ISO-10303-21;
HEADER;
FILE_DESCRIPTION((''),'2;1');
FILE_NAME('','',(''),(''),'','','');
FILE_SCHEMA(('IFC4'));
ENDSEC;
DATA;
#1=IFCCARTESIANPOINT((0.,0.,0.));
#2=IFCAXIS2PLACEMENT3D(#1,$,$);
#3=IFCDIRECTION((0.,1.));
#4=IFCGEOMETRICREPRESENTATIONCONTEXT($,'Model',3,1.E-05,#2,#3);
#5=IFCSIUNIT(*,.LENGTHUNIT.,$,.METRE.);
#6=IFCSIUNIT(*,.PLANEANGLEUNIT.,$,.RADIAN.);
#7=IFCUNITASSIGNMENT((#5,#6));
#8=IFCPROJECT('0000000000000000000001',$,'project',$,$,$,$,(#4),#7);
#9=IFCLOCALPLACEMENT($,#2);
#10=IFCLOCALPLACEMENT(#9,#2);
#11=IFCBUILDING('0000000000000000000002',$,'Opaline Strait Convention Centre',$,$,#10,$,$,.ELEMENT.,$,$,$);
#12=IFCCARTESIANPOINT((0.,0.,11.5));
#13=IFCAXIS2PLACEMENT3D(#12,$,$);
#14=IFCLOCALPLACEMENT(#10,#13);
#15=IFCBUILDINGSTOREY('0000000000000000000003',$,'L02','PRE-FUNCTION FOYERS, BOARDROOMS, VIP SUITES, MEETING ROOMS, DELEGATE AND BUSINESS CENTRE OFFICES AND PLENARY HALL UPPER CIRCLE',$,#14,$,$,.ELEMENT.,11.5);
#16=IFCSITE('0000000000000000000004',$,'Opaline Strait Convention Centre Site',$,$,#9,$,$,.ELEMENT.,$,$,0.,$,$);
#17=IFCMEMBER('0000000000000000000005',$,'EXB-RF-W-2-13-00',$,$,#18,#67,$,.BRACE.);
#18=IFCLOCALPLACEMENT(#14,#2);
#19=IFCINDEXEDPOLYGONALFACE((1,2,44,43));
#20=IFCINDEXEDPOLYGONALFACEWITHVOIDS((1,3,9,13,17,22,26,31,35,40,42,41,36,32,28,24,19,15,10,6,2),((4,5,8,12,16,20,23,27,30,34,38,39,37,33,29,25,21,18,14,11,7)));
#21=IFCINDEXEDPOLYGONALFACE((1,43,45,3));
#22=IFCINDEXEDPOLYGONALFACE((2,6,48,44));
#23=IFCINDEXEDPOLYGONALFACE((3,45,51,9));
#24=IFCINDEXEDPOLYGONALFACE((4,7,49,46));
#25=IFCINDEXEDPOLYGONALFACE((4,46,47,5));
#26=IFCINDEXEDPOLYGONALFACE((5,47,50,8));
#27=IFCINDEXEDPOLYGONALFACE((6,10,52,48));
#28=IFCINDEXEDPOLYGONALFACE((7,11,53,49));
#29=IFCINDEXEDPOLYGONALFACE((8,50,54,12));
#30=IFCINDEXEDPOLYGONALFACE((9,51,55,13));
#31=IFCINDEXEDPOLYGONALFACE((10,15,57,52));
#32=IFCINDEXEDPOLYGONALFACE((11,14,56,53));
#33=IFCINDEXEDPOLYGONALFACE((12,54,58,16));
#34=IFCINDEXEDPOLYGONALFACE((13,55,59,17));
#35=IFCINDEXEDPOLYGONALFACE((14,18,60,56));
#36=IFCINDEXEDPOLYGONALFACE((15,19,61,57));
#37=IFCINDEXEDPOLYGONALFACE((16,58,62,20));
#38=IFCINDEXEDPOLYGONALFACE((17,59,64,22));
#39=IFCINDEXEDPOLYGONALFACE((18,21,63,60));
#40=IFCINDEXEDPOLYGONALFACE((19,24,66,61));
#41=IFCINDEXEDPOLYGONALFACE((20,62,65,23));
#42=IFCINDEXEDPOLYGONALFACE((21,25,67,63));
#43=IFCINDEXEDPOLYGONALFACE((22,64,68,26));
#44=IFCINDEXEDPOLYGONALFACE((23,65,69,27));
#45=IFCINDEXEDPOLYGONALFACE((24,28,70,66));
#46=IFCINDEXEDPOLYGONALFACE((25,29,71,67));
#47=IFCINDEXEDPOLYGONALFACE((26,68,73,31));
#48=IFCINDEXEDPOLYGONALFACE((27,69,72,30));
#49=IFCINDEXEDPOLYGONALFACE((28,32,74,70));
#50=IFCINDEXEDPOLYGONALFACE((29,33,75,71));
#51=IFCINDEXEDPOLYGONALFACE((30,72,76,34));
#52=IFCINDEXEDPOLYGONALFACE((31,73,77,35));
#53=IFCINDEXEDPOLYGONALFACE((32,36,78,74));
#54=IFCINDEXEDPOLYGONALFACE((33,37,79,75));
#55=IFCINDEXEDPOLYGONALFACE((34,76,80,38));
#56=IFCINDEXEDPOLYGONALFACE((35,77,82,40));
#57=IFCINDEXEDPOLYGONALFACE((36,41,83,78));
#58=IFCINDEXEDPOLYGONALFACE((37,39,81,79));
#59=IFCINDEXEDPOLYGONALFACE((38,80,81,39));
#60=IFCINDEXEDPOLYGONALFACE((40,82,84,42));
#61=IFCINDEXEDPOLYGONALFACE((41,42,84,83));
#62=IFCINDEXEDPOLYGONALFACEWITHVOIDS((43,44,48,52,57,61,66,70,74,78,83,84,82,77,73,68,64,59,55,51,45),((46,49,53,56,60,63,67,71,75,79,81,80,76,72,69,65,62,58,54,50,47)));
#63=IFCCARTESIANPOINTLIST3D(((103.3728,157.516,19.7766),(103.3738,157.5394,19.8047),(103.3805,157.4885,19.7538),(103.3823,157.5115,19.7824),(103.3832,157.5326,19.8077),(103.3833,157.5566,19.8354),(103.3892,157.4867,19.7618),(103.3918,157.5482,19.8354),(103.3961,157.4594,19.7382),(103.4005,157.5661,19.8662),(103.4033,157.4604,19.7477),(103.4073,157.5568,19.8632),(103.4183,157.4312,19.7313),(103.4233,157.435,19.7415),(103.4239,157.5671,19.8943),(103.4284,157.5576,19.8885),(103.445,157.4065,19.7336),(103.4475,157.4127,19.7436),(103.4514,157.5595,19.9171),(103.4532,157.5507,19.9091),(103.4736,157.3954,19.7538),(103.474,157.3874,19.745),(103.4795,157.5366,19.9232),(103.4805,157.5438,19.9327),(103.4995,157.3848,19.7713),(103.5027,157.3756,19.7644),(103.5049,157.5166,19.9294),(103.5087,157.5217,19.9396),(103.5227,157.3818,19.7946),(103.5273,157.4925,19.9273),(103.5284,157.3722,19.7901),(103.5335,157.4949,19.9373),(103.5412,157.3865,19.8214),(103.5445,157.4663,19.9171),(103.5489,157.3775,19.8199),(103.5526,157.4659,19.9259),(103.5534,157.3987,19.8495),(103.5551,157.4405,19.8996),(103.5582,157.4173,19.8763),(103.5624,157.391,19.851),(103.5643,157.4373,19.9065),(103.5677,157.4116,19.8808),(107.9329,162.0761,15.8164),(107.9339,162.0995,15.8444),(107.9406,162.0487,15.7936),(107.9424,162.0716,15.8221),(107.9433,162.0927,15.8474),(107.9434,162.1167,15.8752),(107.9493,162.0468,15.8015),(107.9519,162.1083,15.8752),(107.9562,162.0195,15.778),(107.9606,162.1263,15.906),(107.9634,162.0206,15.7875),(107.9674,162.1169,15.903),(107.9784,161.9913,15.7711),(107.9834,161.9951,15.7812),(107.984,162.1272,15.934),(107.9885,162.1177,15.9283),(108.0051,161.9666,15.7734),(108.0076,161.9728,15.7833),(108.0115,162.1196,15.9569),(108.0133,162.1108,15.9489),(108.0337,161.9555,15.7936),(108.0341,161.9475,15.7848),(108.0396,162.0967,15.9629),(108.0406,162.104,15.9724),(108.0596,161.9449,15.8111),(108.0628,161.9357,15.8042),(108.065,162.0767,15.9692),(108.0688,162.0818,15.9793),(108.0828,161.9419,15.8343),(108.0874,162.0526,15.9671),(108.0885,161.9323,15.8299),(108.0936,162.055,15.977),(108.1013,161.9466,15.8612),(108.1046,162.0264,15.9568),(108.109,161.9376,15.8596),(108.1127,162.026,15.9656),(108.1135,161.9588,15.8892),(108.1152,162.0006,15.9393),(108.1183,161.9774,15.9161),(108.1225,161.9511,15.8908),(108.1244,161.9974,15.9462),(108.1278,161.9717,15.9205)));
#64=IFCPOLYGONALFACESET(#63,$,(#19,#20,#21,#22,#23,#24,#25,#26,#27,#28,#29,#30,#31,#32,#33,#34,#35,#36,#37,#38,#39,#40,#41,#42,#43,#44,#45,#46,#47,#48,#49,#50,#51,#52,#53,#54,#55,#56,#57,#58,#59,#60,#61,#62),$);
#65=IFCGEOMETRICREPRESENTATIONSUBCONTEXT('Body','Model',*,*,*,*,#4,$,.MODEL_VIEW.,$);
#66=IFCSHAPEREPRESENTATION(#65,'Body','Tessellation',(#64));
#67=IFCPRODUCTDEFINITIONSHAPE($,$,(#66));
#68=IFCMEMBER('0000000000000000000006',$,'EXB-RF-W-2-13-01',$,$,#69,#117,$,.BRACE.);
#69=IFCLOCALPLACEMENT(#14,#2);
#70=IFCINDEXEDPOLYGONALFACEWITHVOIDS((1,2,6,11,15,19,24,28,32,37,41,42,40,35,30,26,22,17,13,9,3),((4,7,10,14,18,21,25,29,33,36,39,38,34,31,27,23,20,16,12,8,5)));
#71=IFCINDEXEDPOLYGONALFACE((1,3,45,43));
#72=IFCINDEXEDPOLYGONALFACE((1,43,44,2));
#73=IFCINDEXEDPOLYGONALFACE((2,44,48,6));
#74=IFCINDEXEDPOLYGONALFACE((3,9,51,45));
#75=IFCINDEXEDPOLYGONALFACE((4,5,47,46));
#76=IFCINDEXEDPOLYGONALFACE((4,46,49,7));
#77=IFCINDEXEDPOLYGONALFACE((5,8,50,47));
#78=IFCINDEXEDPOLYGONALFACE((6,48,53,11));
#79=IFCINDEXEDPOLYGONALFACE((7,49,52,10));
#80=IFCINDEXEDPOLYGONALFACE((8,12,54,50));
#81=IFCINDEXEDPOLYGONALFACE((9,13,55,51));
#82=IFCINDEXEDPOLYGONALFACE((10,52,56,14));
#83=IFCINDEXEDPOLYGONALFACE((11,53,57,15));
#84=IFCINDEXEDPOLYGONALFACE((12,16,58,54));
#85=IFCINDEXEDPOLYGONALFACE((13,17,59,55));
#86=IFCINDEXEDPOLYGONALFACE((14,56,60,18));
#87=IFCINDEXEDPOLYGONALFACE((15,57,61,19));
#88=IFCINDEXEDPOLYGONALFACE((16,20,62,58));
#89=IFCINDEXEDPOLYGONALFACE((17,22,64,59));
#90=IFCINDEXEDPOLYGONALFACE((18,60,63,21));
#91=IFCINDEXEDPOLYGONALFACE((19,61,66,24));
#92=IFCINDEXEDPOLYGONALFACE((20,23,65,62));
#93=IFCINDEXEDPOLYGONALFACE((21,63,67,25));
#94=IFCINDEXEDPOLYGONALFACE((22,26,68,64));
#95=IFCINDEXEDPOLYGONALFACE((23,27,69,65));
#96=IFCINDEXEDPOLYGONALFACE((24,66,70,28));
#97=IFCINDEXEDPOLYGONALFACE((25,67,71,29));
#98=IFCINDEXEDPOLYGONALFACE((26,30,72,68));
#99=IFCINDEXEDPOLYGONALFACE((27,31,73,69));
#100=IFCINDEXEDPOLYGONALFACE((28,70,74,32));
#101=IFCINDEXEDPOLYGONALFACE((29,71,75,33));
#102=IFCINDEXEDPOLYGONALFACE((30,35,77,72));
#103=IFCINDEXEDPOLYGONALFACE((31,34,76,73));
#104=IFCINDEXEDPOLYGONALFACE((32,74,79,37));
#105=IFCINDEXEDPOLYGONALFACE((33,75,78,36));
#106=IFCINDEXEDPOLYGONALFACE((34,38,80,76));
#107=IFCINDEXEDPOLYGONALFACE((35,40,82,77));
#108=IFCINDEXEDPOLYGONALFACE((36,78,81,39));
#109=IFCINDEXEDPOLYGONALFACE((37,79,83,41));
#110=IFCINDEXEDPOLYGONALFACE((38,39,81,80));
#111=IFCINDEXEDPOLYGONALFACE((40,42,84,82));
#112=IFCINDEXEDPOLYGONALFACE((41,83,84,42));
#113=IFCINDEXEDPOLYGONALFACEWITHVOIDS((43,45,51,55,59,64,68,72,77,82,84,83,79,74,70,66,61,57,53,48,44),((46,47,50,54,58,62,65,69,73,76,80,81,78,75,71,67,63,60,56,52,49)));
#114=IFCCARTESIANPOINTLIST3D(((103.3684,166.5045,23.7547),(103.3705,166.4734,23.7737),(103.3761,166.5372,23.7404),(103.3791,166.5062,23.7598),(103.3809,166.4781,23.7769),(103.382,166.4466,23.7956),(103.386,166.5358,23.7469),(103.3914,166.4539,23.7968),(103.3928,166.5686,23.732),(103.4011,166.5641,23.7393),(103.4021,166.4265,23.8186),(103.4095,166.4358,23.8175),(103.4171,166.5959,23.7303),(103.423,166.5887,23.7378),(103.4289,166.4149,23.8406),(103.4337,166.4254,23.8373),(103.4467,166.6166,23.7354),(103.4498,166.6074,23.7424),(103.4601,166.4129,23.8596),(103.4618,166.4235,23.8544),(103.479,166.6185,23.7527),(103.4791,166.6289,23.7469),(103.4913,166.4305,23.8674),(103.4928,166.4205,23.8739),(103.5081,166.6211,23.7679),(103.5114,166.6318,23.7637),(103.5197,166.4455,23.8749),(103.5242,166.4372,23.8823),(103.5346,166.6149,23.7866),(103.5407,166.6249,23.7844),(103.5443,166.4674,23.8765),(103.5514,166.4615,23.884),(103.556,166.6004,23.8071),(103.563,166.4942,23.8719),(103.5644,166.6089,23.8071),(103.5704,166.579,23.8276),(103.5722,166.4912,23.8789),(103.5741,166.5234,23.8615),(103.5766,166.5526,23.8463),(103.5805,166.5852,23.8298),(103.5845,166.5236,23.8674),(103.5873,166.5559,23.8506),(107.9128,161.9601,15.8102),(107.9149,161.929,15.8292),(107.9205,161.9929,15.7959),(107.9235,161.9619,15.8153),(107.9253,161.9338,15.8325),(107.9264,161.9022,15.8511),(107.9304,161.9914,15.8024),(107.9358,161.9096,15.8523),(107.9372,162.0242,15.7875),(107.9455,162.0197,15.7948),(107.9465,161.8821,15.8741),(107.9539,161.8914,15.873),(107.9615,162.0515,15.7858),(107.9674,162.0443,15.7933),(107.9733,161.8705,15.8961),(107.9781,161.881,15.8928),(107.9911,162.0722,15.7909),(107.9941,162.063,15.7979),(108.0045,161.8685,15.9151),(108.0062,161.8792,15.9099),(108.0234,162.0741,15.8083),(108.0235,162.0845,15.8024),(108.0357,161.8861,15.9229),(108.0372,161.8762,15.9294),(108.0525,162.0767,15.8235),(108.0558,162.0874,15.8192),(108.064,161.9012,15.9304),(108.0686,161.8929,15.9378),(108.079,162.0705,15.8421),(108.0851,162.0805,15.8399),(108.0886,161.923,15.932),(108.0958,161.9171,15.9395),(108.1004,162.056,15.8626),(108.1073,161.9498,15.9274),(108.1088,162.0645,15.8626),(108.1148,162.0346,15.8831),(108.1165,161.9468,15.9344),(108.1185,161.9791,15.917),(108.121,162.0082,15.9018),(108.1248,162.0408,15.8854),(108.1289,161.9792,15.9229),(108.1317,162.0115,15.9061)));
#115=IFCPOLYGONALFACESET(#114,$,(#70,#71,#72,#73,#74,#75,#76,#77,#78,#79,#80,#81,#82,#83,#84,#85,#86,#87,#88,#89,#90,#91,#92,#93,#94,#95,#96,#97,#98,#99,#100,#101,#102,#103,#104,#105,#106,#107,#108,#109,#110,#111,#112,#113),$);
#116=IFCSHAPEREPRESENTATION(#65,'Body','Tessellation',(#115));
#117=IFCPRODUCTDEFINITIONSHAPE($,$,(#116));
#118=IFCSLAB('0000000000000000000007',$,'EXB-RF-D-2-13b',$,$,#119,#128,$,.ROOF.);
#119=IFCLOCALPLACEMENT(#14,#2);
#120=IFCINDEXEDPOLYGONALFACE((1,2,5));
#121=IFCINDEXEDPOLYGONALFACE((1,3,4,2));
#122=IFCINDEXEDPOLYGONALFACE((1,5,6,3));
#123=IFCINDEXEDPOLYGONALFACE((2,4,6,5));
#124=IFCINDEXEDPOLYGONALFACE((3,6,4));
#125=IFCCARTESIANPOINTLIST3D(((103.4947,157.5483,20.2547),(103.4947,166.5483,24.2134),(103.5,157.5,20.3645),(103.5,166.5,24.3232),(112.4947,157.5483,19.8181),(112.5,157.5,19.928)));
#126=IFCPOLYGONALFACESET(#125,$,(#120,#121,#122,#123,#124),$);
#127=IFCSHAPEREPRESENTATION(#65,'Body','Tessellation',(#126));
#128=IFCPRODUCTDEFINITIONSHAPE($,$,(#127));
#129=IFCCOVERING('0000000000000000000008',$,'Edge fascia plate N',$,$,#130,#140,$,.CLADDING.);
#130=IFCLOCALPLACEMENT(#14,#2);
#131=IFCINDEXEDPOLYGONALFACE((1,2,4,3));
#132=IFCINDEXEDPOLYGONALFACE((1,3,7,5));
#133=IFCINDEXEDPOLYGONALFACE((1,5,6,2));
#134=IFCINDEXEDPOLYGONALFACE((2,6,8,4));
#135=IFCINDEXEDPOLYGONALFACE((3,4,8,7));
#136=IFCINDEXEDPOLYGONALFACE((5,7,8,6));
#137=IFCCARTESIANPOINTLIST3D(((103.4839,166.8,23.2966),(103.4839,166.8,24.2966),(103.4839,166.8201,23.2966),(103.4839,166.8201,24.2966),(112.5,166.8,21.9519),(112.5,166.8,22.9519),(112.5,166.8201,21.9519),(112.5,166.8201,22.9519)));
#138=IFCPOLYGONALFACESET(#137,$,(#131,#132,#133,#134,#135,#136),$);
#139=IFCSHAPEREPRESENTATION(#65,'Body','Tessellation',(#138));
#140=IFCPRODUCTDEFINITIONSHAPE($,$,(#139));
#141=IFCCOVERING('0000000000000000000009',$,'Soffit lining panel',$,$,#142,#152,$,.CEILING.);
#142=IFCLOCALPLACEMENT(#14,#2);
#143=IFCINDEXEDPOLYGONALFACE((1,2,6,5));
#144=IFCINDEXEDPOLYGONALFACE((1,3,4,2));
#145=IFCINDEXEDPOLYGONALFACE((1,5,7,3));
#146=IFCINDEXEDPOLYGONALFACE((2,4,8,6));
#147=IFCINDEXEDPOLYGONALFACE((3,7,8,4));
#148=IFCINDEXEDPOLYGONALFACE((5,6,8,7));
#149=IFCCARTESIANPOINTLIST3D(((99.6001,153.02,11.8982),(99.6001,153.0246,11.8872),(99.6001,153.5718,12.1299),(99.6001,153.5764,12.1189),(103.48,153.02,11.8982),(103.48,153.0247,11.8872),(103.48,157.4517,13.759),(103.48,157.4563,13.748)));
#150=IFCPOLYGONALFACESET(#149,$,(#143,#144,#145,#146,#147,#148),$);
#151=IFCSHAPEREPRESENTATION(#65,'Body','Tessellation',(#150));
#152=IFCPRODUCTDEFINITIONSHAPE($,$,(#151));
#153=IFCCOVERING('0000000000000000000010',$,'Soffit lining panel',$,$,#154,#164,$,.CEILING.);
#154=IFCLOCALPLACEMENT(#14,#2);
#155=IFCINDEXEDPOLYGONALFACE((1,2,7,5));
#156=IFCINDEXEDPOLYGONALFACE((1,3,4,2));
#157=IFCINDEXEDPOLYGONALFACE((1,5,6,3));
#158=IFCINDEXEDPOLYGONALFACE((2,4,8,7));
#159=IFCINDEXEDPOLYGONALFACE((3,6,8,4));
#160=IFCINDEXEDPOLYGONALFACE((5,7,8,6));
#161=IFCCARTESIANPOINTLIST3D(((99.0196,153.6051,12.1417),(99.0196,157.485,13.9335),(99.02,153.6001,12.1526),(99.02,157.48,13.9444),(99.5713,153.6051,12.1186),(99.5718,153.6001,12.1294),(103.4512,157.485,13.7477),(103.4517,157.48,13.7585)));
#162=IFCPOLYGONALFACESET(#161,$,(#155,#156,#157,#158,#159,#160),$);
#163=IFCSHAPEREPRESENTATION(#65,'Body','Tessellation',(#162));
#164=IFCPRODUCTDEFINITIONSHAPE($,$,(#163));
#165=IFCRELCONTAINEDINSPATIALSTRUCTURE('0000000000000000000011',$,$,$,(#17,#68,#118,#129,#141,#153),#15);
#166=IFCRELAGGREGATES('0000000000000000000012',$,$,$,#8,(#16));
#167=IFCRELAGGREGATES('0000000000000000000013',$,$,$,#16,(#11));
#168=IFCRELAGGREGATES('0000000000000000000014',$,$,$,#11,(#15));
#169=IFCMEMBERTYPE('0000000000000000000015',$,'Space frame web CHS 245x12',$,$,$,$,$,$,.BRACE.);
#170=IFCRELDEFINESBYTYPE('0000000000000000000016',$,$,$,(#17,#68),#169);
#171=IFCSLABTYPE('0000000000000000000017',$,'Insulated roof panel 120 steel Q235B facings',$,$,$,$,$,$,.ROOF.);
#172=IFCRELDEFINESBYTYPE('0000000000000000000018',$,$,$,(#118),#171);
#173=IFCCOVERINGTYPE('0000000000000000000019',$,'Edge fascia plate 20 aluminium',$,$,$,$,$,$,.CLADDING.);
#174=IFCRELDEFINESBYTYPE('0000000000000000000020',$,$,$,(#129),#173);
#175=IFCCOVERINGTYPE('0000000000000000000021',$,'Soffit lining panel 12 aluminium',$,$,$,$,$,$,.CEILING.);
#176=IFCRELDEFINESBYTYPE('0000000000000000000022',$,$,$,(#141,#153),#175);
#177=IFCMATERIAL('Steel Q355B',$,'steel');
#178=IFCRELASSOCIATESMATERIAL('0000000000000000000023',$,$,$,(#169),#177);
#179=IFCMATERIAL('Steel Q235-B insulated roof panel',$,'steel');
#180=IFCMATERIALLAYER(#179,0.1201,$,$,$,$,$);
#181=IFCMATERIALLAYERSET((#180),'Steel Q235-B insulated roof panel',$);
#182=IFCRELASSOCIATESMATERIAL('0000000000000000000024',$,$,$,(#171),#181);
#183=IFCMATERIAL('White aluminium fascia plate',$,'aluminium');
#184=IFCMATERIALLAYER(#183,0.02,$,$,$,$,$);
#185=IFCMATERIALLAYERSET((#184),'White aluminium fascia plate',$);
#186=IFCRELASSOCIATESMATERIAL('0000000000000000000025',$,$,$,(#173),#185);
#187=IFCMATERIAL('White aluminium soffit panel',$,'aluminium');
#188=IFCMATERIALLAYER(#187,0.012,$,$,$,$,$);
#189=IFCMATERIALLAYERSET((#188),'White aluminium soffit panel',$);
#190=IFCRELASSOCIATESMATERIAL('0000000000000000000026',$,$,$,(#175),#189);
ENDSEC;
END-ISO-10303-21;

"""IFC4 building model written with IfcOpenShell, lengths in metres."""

from ifc_helpers import new_model, si_unit, direction, frame, origin, origin_2d, place, context, subcontext, project, spatial, polyline, hollow_circle, outline, extrude, material, layer, layer_set, material_profile, profile_set, type_object, element, save


model = new_model("IFC4")

# Units and contexts
model_context = context("Model", 3, precision=1e-05, world=origin(), true_north=direction((0.0, 1.0)))
body_context = subcontext(model_context, "Body", "Model", "MODEL_VIEW")
ifc_project = project(units=[si_unit("LENGTHUNIT", "METRE"), si_unit("PLANEANGLEUNIT", "RADIAN")], contexts=[model_context])

# Site, building, storey
site_placement = place(None, origin())
site = spatial("IfcSite", under=ifc_project, at=site_placement, Name="Opaline Strait Convention Centre Site", CompositionType="ELEMENT", RefElevation=0.0)
building_placement = place(site_placement, origin())
building = spatial("IfcBuilding", under=site, at=building_placement, Name="Opaline Strait Convention Centre", CompositionType="ELEMENT")
storey_placement = place(building_placement, frame((0.0, 0.0, 11.5)))
storey = spatial("IfcBuildingStorey", under=building, at=storey_placement, Name="L02", Description="PRE-FUNCTION FOYERS, BOARDROOMS, VIP SUITES, MEETING ROOMS, DELEGATE AND BUSINESS CENTRE OFFICES AND PLENARY HALL UPPER CIRCLE", CompositionType="ELEMENT", Elevation=11.5)

# Members
ifc_material_1 = material(Name="Steel Q355B", Category="steel")
ifc_material_profile_1 = material_profile(ifc_material_1, hollow_circle(Radius=0.1226, WallThickness=0.012, at=origin_2d()), Name="CHS 245x12")
ifc_profile_set_1 = profile_set([ifc_material_profile_1], Name="Steel Q355B")
member_type_1 = type_object("IfcMemberType", Name="Space frame web CHS 245x12", PredefinedType="BRACE", material=ifc_profile_set_1)
member_1_placement = place(storey_placement, frame((103.47, 157.47, 19.8354), z_axis=(0.602561, 0.602561, -0.523297), x_axis=(-0.707107, 0.707107, 0.0)))
element("IfcMember", 1, at=member_1_placement, inside=storey, type_object=member_type_1, Name="EXB-RF-W-2-13-00", PredefinedType="BRACE", context=body_context, shape_type="SweptSolid", body=[
    extrude(hollow_circle(Radius=0.1226, WallThickness=0.012, at=origin_2d()), origin(), (0.0, 0.0, 1.0), 7.5679),
])
member_2_placement = place(storey_placement, frame((103.4778, 166.5222, 23.8071), z_axis=(0.444721, -0.444721, -0.777461), x_axis=(0.707107, 0.707107, 0.0)))
element("IfcMember", 2, at=member_2_placement, inside=storey, type_object=member_type_1, Name="EXB-RF-W-2-13-01", PredefinedType="BRACE", context=body_context, shape_type="SweptSolid", body=[
    extrude(hollow_circle(Radius=0.1226, WallThickness=0.012, at=origin_2d()), origin(), (0.0, 0.0, 1.0), 10.2185),
])

# Slab
ifc_material_2 = material(Name="Steel Q235-B insulated roof panel", Category="steel")
ifc_layer_1 = layer(ifc_material_2, 0.1201)
ifc_layer_set_1 = layer_set([ifc_layer_1], Name="Steel Q235-B insulated roof panel")
slab_type = type_object("IfcSlabType", Name="Insulated roof panel 120 steel Q235B facings", PredefinedType="ROOF", material=ifc_layer_set_1)
slab_placement = place(storey_placement, frame((103.5, 157.5, 20.3645), z_axis=(0.044354, -0.402235, 0.914461), x_axis=(0.998826, 0.0, -0.048446)))
element("IfcSlab", 3, at=slab_placement, inside=storey, type_object=slab_type, Name="EXB-RF-D-2-13b", PredefinedType="ROOF", context=body_context, shape_type="SweptSolid", body=[
    extrude(outline(polyline([(0.0, 0.0), (9.0106, 0.0), (-0.1918, 9.8303), (0.0, 0.0)])), origin(), (0.0, 0.0, -1.0), 0.1201),
])

# Coverings
ifc_material_3 = material(Name="White aluminium fascia plate", Category="aluminium")
ifc_layer_2 = layer(ifc_material_3, 0.02)
ifc_layer_set_2 = layer_set([ifc_layer_2], Name="White aluminium fascia plate")
covering_type_1 = type_object("IfcCoveringType", Name="Edge fascia plate 20 aluminium", PredefinedType="CLADDING", material=ifc_layer_set_2)
covering_1_placement = place(storey_placement, frame((107.9919, 166.8, 23.1243), z_axis=(0.0, 1.0, 0.0), x_axis=(-1.0, 0.0, 0.0)))
element("IfcCovering", 4, at=covering_1_placement, inside=storey, type_object=covering_type_1, Name="Edge fascia plate N", PredefinedType="CLADDING", context=body_context, shape_type="SweptSolid", body=[
    extrude(outline(polyline([(-4.5081, -0.1724), (4.5081, 1.1724), (4.5081, 0.1724), (-4.5081, -1.1724), (-4.5081, -0.1724)])), origin(), (0.0, 0.0, 1.0), 0.02),
])
ifc_material_4 = material(Name="White aluminium soffit panel", Category="aluminium")
ifc_layer_3 = layer(ifc_material_4, 0.012)
ifc_layer_set_3 = layer_set([ifc_layer_3], Name="White aluminium soffit panel")
covering_type_2 = type_object("IfcCoveringType", Name="Soffit lining panel 12 aluminium", PredefinedType="CEILING", material=ifc_layer_set_3)
covering_2_placement = place(storey_placement, frame((99.6001, 153.5718, 12.1299), z_axis=(0.000002, -0.387154, 0.922015), x_axis=(0.677859, 0.677858, 0.284632)))
element("IfcCovering", 5, at=covering_2_placement, inside=storey, type_object=covering_type_2, Name="Soffit lining panel", PredefinedType="CEILING", context=body_context, shape_type="SweptSolid", body=[
    extrude(outline(polyline([(0.0, 0.0), (5.7237, 0.0), (2.1901, -3.2581), (-0.44, -0.4057), (0.0, 0.0)])), origin(), (0.0, 0.0, -1.0), 0.012),
])
covering_3_placement = place(storey_placement, frame((99.02, 153.6001, 12.1526), z_axis=(0.038045, -0.418964, 0.907205), x_axis=(0.0, 0.907863, 0.419268)))
element("IfcCovering", 6, at=covering_3_placement, inside=storey, type_object=covering_type_2, Name="Soffit lining panel", PredefinedType="CEILING", context=body_context, shape_type="SweptSolid", body=[
    extrude(outline(polyline([(0.0, 0.0), (4.2736, 0.0), (4.1957, -4.4348), (-0.0097, -0.5522), (0.0, 0.0)])), origin(), (0.0, 0.0, -1.0), 0.012),
])

save(model, "model.ifc")
